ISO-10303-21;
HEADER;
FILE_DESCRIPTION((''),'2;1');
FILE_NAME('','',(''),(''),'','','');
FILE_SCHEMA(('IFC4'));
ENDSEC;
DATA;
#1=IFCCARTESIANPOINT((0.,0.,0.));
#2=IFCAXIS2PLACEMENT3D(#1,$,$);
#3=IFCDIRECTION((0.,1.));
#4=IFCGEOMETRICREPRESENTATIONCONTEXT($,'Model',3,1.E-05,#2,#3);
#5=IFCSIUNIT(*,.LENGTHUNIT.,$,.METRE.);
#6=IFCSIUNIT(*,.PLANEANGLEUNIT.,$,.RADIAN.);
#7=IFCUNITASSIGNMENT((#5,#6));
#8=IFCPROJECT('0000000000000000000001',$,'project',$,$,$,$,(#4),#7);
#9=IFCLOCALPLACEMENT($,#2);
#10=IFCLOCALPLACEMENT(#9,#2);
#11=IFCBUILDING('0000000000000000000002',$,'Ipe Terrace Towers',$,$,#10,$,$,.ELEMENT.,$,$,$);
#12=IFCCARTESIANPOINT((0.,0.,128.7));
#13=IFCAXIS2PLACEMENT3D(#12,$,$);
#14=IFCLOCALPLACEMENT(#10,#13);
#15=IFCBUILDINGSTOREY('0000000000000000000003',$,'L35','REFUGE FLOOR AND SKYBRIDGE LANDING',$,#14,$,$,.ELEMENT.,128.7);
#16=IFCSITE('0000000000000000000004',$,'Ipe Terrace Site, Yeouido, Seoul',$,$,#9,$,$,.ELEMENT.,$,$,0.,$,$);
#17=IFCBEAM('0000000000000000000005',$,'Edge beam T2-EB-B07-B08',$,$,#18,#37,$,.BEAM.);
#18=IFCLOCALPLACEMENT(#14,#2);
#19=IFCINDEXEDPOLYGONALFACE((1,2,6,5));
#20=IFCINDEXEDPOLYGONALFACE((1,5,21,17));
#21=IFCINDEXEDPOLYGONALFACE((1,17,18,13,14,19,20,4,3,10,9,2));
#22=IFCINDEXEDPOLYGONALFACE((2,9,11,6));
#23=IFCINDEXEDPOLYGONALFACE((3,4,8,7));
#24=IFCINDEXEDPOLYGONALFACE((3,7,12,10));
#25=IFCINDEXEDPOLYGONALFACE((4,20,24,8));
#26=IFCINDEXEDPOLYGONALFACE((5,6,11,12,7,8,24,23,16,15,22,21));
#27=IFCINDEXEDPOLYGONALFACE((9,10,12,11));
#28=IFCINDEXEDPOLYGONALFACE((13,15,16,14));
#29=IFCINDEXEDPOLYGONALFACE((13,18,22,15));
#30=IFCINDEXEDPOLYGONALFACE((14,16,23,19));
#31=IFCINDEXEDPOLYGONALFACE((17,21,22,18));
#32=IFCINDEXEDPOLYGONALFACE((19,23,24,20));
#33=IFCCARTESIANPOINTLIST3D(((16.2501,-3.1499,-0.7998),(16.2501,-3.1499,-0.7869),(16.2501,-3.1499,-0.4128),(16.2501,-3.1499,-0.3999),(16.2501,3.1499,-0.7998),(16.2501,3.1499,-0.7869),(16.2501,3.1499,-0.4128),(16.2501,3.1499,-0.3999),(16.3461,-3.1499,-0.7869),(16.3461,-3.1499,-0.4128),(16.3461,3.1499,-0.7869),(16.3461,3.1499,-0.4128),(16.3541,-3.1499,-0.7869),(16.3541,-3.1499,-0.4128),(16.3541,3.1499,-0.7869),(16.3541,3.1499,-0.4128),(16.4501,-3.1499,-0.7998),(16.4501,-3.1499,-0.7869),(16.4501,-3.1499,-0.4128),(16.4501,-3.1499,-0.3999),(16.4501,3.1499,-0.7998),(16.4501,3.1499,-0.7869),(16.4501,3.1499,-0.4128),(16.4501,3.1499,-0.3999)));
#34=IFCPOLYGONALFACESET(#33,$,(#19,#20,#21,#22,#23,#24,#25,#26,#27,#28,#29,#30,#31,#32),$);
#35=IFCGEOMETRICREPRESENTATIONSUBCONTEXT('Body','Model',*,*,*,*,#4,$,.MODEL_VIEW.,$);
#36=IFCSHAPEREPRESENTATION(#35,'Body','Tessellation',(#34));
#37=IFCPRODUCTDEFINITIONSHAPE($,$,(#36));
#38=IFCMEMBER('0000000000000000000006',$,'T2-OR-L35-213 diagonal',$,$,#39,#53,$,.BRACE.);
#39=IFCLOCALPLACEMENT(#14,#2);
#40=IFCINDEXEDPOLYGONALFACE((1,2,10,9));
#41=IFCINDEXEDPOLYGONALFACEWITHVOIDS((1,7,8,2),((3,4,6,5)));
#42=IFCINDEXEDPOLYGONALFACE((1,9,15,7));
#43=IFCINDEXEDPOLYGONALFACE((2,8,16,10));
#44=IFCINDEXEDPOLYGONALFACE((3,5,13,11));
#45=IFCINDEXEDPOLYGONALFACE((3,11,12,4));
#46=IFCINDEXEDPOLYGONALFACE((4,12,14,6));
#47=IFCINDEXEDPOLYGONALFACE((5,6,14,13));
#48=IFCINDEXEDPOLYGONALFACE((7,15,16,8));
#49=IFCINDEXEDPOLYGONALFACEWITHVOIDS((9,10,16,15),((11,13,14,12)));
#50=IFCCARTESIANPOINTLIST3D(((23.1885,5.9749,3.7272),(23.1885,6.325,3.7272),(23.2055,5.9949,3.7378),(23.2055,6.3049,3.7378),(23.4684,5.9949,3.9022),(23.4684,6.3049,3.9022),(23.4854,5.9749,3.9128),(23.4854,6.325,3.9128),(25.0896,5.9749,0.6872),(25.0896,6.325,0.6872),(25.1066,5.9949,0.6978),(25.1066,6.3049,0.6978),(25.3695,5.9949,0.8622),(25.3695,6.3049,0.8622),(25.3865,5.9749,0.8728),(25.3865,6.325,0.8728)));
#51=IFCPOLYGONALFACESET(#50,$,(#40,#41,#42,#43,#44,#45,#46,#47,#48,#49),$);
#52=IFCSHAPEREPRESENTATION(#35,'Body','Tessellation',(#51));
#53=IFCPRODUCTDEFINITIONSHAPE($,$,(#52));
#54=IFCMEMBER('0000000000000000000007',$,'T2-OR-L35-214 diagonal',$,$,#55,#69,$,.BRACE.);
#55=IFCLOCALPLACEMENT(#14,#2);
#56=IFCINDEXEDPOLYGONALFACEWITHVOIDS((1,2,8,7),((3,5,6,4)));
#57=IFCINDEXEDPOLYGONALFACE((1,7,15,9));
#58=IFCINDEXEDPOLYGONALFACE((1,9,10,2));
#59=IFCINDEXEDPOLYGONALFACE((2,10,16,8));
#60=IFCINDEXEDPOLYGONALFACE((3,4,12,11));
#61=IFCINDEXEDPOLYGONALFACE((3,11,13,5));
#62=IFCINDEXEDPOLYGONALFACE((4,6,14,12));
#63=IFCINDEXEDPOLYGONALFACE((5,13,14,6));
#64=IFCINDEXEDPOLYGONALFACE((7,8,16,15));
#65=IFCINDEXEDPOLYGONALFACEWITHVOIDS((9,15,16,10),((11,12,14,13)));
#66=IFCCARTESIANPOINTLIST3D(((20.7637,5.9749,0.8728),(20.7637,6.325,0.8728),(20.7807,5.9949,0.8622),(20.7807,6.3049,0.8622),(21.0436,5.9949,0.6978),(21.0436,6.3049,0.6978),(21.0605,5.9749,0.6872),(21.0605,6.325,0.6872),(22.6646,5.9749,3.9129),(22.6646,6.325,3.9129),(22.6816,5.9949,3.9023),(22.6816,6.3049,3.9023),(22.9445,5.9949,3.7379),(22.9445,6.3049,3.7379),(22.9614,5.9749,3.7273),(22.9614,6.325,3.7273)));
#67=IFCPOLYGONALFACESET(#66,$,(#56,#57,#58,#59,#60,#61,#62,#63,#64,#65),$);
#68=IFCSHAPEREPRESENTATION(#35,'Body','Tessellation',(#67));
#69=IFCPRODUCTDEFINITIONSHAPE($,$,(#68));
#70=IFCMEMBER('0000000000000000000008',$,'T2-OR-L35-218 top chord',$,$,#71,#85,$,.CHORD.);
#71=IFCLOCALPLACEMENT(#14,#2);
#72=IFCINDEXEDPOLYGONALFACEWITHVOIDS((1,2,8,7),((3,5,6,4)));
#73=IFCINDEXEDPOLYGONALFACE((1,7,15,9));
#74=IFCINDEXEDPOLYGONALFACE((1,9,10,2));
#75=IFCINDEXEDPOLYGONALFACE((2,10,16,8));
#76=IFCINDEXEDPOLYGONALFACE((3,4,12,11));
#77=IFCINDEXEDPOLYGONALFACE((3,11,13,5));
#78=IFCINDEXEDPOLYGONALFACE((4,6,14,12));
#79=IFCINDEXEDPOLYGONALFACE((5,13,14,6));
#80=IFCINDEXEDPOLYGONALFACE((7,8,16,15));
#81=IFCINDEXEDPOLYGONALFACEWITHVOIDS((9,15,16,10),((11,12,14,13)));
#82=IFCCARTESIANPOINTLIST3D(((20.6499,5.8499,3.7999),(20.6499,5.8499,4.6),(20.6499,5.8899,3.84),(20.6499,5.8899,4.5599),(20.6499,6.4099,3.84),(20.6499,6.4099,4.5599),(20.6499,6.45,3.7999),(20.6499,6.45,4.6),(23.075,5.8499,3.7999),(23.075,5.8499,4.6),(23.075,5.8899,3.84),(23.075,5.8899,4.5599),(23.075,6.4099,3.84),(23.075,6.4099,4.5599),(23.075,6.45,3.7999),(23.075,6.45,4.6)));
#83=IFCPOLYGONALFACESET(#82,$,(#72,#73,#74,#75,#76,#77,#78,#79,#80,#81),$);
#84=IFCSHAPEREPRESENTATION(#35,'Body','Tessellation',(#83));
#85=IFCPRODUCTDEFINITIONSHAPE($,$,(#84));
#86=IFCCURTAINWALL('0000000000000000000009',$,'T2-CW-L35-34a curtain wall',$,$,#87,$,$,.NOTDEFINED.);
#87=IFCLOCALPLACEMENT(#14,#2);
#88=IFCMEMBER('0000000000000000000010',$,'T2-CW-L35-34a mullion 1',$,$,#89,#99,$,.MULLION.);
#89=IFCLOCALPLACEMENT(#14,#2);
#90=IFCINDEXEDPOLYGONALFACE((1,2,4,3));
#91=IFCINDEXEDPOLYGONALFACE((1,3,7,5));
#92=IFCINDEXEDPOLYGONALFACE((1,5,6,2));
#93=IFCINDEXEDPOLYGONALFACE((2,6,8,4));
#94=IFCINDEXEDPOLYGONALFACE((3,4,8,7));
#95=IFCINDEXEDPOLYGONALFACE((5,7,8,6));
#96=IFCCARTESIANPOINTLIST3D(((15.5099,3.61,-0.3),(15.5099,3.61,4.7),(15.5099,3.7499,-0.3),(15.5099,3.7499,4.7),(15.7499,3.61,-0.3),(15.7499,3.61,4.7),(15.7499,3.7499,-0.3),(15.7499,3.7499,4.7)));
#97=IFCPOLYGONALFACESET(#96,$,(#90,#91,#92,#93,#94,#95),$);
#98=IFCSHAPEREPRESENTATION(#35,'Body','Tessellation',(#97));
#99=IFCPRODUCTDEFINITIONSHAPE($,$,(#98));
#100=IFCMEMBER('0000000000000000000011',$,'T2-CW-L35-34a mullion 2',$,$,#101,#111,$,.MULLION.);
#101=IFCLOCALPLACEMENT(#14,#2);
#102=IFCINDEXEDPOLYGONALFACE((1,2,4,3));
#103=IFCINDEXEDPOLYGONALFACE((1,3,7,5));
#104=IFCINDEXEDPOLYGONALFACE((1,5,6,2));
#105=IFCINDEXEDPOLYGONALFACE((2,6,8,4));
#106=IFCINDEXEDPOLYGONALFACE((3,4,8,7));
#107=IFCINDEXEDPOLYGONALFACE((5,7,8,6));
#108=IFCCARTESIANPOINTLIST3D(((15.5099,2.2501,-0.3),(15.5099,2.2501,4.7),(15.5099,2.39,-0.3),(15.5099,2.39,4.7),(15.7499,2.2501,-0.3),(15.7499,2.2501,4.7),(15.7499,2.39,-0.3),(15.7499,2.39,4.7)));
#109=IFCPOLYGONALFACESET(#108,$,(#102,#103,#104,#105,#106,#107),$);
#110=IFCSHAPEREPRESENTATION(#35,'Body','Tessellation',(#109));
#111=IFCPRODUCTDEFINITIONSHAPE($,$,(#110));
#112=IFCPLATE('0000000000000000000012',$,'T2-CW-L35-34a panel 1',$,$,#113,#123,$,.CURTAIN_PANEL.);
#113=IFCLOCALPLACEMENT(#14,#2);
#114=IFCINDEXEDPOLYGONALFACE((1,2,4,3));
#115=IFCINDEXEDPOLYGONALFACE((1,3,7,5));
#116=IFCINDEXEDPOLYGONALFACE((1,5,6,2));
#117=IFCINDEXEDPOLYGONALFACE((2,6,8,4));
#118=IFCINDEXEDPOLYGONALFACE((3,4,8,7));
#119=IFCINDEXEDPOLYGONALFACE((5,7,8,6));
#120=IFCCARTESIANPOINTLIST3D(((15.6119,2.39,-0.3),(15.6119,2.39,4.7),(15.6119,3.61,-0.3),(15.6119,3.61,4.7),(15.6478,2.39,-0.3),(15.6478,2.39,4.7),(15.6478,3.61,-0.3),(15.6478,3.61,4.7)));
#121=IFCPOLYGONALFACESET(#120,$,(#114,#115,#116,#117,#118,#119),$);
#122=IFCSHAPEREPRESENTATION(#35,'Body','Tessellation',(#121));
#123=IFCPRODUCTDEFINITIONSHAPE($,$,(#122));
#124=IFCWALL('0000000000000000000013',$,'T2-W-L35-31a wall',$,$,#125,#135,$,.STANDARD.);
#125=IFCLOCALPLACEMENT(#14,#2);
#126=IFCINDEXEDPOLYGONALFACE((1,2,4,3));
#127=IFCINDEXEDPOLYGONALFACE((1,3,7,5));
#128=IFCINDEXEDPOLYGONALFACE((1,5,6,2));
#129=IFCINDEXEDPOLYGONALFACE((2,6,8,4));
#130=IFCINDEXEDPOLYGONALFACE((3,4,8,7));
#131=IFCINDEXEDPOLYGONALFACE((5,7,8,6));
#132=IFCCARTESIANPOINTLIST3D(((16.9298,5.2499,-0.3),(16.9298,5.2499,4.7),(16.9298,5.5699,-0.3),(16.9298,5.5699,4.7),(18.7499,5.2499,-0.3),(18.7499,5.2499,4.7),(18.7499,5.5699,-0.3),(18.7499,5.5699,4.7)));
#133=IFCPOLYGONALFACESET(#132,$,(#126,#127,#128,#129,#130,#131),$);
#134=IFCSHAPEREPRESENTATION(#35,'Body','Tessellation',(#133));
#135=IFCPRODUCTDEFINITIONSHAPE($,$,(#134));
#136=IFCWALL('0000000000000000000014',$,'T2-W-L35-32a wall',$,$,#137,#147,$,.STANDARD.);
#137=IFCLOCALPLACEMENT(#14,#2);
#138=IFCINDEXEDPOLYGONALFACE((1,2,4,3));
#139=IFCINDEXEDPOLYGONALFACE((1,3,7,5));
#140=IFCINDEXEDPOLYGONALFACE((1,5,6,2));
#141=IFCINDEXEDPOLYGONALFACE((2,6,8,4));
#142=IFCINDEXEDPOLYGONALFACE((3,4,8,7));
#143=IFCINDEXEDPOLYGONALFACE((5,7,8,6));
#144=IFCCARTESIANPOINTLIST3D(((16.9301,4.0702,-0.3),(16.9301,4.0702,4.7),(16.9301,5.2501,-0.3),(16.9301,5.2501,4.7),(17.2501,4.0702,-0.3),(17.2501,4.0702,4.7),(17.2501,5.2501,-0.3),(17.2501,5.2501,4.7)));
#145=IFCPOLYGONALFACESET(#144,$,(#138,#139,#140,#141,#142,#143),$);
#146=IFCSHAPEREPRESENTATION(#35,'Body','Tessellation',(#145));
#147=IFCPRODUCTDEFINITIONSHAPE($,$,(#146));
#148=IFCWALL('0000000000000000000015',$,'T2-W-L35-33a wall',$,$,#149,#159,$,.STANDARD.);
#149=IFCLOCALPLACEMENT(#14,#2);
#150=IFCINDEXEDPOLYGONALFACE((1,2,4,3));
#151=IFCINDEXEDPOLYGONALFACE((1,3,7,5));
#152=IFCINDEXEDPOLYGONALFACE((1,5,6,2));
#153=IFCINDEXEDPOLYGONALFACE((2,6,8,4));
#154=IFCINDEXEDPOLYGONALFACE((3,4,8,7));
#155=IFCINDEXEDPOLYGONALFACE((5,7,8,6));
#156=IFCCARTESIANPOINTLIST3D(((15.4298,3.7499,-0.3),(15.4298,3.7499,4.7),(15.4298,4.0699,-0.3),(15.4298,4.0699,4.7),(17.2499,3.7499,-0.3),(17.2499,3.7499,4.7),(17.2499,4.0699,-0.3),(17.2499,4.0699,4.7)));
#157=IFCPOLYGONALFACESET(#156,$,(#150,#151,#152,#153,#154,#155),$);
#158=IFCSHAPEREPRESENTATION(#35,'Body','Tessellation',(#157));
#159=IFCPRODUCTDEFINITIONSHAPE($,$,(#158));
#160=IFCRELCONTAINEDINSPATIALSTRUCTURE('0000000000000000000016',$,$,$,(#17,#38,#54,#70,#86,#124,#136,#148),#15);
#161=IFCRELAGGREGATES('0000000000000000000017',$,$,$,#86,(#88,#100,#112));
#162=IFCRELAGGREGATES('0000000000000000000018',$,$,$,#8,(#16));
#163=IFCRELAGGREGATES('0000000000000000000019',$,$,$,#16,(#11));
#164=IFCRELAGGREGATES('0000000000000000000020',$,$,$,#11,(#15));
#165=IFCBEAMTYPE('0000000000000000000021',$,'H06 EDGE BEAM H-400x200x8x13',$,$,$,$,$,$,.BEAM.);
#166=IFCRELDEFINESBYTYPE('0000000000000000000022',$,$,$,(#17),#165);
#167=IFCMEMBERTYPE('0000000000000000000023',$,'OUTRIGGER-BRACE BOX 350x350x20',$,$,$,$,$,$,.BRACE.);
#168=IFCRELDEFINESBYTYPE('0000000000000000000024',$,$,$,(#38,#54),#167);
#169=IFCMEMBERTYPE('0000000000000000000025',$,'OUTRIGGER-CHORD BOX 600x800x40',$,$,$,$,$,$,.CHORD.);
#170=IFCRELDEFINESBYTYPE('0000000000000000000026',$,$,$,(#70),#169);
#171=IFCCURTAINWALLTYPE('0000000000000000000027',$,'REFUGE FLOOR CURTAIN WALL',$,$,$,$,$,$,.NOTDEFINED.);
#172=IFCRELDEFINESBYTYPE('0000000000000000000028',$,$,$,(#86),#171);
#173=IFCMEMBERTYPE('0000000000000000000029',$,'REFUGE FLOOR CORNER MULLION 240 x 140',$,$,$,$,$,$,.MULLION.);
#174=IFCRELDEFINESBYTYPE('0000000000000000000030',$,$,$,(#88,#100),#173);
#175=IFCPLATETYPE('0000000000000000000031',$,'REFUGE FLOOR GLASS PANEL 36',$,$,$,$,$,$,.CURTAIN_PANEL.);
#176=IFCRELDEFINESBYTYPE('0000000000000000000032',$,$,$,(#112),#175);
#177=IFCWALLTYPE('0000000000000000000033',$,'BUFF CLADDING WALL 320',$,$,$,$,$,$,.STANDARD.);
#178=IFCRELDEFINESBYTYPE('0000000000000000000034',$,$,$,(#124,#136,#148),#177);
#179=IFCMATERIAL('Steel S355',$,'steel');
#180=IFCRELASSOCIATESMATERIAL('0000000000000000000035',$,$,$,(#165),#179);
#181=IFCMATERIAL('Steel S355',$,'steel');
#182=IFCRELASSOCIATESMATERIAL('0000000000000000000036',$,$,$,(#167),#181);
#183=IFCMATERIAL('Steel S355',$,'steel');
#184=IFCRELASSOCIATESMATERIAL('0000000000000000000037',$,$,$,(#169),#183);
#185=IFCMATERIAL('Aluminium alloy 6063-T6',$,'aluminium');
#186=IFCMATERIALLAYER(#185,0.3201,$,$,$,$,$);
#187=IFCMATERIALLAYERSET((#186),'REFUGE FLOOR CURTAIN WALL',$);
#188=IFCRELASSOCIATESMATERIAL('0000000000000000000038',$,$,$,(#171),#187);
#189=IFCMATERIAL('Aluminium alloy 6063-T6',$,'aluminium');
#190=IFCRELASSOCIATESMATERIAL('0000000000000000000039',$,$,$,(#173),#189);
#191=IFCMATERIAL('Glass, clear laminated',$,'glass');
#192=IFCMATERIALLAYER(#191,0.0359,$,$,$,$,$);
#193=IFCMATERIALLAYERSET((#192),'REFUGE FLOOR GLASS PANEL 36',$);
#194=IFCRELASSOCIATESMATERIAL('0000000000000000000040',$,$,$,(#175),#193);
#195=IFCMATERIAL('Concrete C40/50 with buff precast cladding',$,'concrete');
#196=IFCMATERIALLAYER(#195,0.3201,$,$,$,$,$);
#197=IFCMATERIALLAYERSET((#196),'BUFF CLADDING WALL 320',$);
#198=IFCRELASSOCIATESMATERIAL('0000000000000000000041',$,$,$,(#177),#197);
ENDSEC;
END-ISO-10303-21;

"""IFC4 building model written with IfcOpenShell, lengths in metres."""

from ifc_helpers import new_model, si_unit, direction, frame, frame_2d, origin, origin_2d, place, context, subcontext, project, spatial, rectangle, hollow_rectangle, i_section, extrude, material, layer, layer_set, material_profile, profile_set, type_object, element, aggregate, save


model = new_model("IFC4")

# Units and contexts
model_context = context("Model", 3, precision=1e-05, world=origin(), true_north=direction((0.0, 1.0)))
body_context = subcontext(model_context, "Body", "Model", "MODEL_VIEW")
ifc_project = project(units=[si_unit("LENGTHUNIT", "METRE"), si_unit("PLANEANGLEUNIT", "RADIAN")], contexts=[model_context])

# Site, building, storey
site_placement = place(None, origin())
site = spatial("IfcSite", under=ifc_project, at=site_placement, Name="Ipe Terrace Site, Yeouido, Seoul", CompositionType="ELEMENT", RefElevation=0.0)
building_placement = place(site_placement, origin())
building = spatial("IfcBuilding", under=site, at=building_placement, Name="Ipe Terrace Towers", CompositionType="ELEMENT")
storey_placement = place(building_placement, frame((0.0, 0.0, 128.7)))
storey = spatial("IfcBuildingStorey", under=building, at=storey_placement, Name="L35", Description="REFUGE FLOOR AND SKYBRIDGE LANDING", CompositionType="ELEMENT", Elevation=128.7)

# Beam
ifc_material_1 = material(Name="Steel S355", Category="steel")
ifc_material_profile_1 = material_profile(ifc_material_1, i_section(OverallWidth=0.2, OverallDepth=0.3999, WebThickness=0.0081, FlangeThickness=0.0129, at=origin_2d()), Name="H-400x200x8x13")
ifc_profile_set_1 = profile_set([ifc_material_profile_1], Name="Steel S355")
beam_type_1 = type_object("IfcBeamType", Name="H06 EDGE BEAM H-400x200x8x13", PredefinedType="BEAM", material=ifc_profile_set_1)
beam_1_placement = place(storey_placement, frame((16.3501, 3.1499, -0.5999), z_axis=(0.0, -1.0, 0.0), x_axis=(1.0, 0.0, 0.0)))
element("IfcBeam", 1, at=beam_1_placement, inside=storey, type_object=beam_type_1, Name="Edge beam T2-EB-B07-B08", PredefinedType="BEAM", context=body_context, shape_type="SweptSolid", body=[
    extrude(i_section(OverallWidth=0.2, OverallDepth=0.3999, WebThickness=0.0081, FlangeThickness=0.0129, at=origin_2d()), origin(), (0.0, 0.0, 1.0), 6.2998),
])

# Members
ifc_material_2 = material(Name="Steel S355", Category="steel")
ifc_material_profile_2 = material_profile(ifc_material_2, hollow_rectangle(XDim=0.3501, YDim=0.3501, WallThickness=0.02, at=origin_2d()), Name="OUTRIGGER-BRACE BOX 350x350x20")
ifc_profile_set_2 = profile_set([ifc_material_profile_2], Name="Steel S355")
member_type_1 = type_object("IfcMemberType", Name="OUTRIGGER-BRACE BOX 350x350x20", PredefinedType="BRACE", material=ifc_profile_set_2)
for number, where, z_axis, x_axis, name in (
    (2, (25.238, 6.1499, 0.78), (-0.530219, 0.0, 0.847861), (0.0, -1.0, 0.0), "T2-OR-L35-213 diagonal"),
    (3, (20.9121, 6.1499, 0.78), (0.53017, 0.0, 0.847891), (0.0, 1.0, 0.0), "T2-OR-L35-214 diagonal"),
):
    element("IfcMember", number, at=place(storey_placement, frame(where, z_axis=z_axis, x_axis=x_axis)), inside=storey, type_object=member_type_1, Name=name, PredefinedType="BRACE", context=body_context, shape_type="SweptSolid", body=[
        extrude(hollow_rectangle(XDim=0.3501, YDim=0.3501, WallThickness=0.02, at=origin_2d()), origin(), (0.0, 0.0, 1.0), 3.5854),
    ])
ifc_material_3 = material(Name="Steel S355", Category="steel")
ifc_material_profile_3 = material_profile(ifc_material_3, hollow_rectangle(XDim=0.6001, YDim=0.8, WallThickness=0.04, at=origin_2d()), Name="OUTRIGGER-CHORD BOX 600x800x40")
ifc_profile_set_3 = profile_set([ifc_material_profile_3], Name="Steel S355")
member_type_2 = type_object("IfcMemberType", Name="OUTRIGGER-CHORD BOX 600x800x40", PredefinedType="CHORD", material=ifc_profile_set_3)
member_1_placement = place(storey_placement, frame((23.075, 6.1499, 4.2), z_axis=(-1.0, 0.0, 0.0), x_axis=(0.0, -1.0, 0.0)))
element("IfcMember", 4, at=member_1_placement, inside=storey, type_object=member_type_2, Name="T2-OR-L35-218 top chord", PredefinedType="CHORD", context=body_context, shape_type="SweptSolid", body=[
    extrude(hollow_rectangle(XDim=0.6001, YDim=0.8, WallThickness=0.04, at=origin_2d()), origin(), (0.0, 0.0, 1.0), 2.425),
])

# Curtain wall, members, plate
ifc_material_4 = material(Name="Aluminium alloy 6063-T6", Category="aluminium")
ifc_layer_1 = layer(ifc_material_4, 0.3201)
ifc_layer_set_1 = layer_set([ifc_layer_1], Name="REFUGE FLOOR CURTAIN WALL")
curtain_wall_type_1 = type_object("IfcCurtainWallType", Name="REFUGE FLOOR CURTAIN WALL", PredefinedType="NOTDEFINED", material=ifc_layer_set_1)
curtain_wall_1_placement = place(storey_placement, origin())
curtain_wall_1 = element("IfcCurtainWall", 5, at=curtain_wall_1_placement, inside=storey, type_object=curtain_wall_type_1, Name="T2-CW-L35-34a curtain wall", PredefinedType="NOTDEFINED")
ifc_material_5 = material(Name="Aluminium alloy 6063-T6", Category="aluminium")
ifc_material_profile_4 = material_profile(ifc_material_5, rectangle(XDim=0.24, YDim=0.1399, at=origin_2d()), Name="REFUGE FLOOR CORNER MULLION 240 x 140")
ifc_profile_set_4 = profile_set([ifc_material_profile_4], Name="Aluminium alloy 6063-T6")
member_type_3 = type_object("IfcMemberType", Name="REFUGE FLOOR CORNER MULLION 240 x 140", PredefinedType="MULLION", material=ifc_profile_set_4)
member_2_placement = place(storey_placement, frame((15.6299, 3.6799, -0.3), z_axis=(0.0, 0.0, 1.0), x_axis=(-1.0, 0.0, 0.0)))
member_2 = element("IfcMember", 6, at=member_2_placement, type_object=member_type_3, Name="T2-CW-L35-34a mullion 1", PredefinedType="MULLION", context=body_context, shape_type="SweptSolid", body=[
    extrude(rectangle(XDim=0.24, YDim=0.1399, at=origin_2d()), origin(), (0.0, 0.0, 1.0), 5.0),
])
member_3_placement = place(storey_placement, frame((15.6299, 2.3201, -0.3), z_axis=(0.0, 0.0, 1.0), x_axis=(-1.0, 0.0, 0.0)))
member_3 = element("IfcMember", 7, at=member_3_placement, type_object=member_type_3, Name="T2-CW-L35-34a mullion 2", PredefinedType="MULLION", context=body_context, shape_type="SweptSolid", body=[
    extrude(rectangle(XDim=0.24, YDim=0.1399, at=origin_2d()), origin(), (0.0, 0.0, 1.0), 5.0),
])
ifc_material_6 = material(Name="Glass, clear laminated", Category="glass")
ifc_layer_2 = layer(ifc_material_6, 0.0359)
ifc_layer_set_2 = layer_set([ifc_layer_2], Name="REFUGE FLOOR GLASS PANEL 36")
plate_type = type_object("IfcPlateType", Name="REFUGE FLOOR GLASS PANEL 36", PredefinedType="CURTAIN_PANEL", material=ifc_layer_set_2)
plate_placement = place(storey_placement, frame((15.6299, 3.0, -0.3), z_axis=(0.0, 0.0, 1.0), x_axis=(0.0, -1.0, 0.0)))
plate = element("IfcPlate", 8, at=plate_placement, type_object=plate_type, Name="T2-CW-L35-34a panel 1", PredefinedType="CURTAIN_PANEL", context=body_context, shape_type="SweptSolid", body=[
    extrude(rectangle(XDim=1.22, YDim=0.0359, at=origin_2d()), origin(), (0.0, 0.0, 1.0), 5.0),
])
aggregate(curtain_wall_1, [member_2, member_3, plate])

# Walls
ifc_material_7 = material(Name="Concrete C40/50 with buff precast cladding", Category="concrete")
ifc_layer_3 = layer(ifc_material_7, 0.3201)
ifc_layer_set_3 = layer_set([ifc_layer_3], Name="BUFF CLADDING WALL 320")
wall_type_1 = type_object("IfcWallType", Name="BUFF CLADDING WALL 320", PredefinedType="STANDARD", material=ifc_layer_set_3)
wall_1_placement = place(storey_placement, frame((18.75, 5.4099, -0.3), z_axis=(0.0, 0.0, 1.0), x_axis=(-1.0, 0.0, 0.0)))
element("IfcWall", 9, at=wall_1_placement, inside=storey, type_object=wall_type_1, Name="T2-W-L35-31a wall", PredefinedType="STANDARD", context=body_context, shape_type="SweptSolid", body=[
    extrude(rectangle(XDim=1.8201, YDim=0.3201, at=frame_2d((0.9102, 0.0))), origin(), (0.0, 0.0, 1.0), 5.0),
])
wall_2_placement = place(storey_placement, frame((17.0901, 5.25, -0.3), z_axis=(0.0, 0.0, 1.0), x_axis=(0.0, -1.0, 0.0)))
element("IfcWall", 10, at=wall_2_placement, inside=storey, type_object=wall_type_1, Name="T2-W-L35-32a wall", PredefinedType="STANDARD", context=body_context, shape_type="SweptSolid", body=[
    extrude(rectangle(XDim=1.1799, YDim=0.3201, at=frame_2d((0.5898, 0.0))), origin(), (0.0, 0.0, 1.0), 5.0),
])
wall_3_placement = place(storey_placement, frame((17.25, 3.9099, -0.3), z_axis=(0.0, 0.0, 1.0), x_axis=(-1.0, 0.0, 0.0)))
element("IfcWall", 11, at=wall_3_placement, inside=storey, type_object=wall_type_1, Name="T2-W-L35-33a wall", PredefinedType="STANDARD", context=body_context, shape_type="SweptSolid", body=[
    extrude(rectangle(XDim=1.8201, YDim=0.3201, at=frame_2d((0.9102, 0.0))), origin(), (0.0, 0.0, 1.0), 5.0),
])

save(model, "model.ifc")
